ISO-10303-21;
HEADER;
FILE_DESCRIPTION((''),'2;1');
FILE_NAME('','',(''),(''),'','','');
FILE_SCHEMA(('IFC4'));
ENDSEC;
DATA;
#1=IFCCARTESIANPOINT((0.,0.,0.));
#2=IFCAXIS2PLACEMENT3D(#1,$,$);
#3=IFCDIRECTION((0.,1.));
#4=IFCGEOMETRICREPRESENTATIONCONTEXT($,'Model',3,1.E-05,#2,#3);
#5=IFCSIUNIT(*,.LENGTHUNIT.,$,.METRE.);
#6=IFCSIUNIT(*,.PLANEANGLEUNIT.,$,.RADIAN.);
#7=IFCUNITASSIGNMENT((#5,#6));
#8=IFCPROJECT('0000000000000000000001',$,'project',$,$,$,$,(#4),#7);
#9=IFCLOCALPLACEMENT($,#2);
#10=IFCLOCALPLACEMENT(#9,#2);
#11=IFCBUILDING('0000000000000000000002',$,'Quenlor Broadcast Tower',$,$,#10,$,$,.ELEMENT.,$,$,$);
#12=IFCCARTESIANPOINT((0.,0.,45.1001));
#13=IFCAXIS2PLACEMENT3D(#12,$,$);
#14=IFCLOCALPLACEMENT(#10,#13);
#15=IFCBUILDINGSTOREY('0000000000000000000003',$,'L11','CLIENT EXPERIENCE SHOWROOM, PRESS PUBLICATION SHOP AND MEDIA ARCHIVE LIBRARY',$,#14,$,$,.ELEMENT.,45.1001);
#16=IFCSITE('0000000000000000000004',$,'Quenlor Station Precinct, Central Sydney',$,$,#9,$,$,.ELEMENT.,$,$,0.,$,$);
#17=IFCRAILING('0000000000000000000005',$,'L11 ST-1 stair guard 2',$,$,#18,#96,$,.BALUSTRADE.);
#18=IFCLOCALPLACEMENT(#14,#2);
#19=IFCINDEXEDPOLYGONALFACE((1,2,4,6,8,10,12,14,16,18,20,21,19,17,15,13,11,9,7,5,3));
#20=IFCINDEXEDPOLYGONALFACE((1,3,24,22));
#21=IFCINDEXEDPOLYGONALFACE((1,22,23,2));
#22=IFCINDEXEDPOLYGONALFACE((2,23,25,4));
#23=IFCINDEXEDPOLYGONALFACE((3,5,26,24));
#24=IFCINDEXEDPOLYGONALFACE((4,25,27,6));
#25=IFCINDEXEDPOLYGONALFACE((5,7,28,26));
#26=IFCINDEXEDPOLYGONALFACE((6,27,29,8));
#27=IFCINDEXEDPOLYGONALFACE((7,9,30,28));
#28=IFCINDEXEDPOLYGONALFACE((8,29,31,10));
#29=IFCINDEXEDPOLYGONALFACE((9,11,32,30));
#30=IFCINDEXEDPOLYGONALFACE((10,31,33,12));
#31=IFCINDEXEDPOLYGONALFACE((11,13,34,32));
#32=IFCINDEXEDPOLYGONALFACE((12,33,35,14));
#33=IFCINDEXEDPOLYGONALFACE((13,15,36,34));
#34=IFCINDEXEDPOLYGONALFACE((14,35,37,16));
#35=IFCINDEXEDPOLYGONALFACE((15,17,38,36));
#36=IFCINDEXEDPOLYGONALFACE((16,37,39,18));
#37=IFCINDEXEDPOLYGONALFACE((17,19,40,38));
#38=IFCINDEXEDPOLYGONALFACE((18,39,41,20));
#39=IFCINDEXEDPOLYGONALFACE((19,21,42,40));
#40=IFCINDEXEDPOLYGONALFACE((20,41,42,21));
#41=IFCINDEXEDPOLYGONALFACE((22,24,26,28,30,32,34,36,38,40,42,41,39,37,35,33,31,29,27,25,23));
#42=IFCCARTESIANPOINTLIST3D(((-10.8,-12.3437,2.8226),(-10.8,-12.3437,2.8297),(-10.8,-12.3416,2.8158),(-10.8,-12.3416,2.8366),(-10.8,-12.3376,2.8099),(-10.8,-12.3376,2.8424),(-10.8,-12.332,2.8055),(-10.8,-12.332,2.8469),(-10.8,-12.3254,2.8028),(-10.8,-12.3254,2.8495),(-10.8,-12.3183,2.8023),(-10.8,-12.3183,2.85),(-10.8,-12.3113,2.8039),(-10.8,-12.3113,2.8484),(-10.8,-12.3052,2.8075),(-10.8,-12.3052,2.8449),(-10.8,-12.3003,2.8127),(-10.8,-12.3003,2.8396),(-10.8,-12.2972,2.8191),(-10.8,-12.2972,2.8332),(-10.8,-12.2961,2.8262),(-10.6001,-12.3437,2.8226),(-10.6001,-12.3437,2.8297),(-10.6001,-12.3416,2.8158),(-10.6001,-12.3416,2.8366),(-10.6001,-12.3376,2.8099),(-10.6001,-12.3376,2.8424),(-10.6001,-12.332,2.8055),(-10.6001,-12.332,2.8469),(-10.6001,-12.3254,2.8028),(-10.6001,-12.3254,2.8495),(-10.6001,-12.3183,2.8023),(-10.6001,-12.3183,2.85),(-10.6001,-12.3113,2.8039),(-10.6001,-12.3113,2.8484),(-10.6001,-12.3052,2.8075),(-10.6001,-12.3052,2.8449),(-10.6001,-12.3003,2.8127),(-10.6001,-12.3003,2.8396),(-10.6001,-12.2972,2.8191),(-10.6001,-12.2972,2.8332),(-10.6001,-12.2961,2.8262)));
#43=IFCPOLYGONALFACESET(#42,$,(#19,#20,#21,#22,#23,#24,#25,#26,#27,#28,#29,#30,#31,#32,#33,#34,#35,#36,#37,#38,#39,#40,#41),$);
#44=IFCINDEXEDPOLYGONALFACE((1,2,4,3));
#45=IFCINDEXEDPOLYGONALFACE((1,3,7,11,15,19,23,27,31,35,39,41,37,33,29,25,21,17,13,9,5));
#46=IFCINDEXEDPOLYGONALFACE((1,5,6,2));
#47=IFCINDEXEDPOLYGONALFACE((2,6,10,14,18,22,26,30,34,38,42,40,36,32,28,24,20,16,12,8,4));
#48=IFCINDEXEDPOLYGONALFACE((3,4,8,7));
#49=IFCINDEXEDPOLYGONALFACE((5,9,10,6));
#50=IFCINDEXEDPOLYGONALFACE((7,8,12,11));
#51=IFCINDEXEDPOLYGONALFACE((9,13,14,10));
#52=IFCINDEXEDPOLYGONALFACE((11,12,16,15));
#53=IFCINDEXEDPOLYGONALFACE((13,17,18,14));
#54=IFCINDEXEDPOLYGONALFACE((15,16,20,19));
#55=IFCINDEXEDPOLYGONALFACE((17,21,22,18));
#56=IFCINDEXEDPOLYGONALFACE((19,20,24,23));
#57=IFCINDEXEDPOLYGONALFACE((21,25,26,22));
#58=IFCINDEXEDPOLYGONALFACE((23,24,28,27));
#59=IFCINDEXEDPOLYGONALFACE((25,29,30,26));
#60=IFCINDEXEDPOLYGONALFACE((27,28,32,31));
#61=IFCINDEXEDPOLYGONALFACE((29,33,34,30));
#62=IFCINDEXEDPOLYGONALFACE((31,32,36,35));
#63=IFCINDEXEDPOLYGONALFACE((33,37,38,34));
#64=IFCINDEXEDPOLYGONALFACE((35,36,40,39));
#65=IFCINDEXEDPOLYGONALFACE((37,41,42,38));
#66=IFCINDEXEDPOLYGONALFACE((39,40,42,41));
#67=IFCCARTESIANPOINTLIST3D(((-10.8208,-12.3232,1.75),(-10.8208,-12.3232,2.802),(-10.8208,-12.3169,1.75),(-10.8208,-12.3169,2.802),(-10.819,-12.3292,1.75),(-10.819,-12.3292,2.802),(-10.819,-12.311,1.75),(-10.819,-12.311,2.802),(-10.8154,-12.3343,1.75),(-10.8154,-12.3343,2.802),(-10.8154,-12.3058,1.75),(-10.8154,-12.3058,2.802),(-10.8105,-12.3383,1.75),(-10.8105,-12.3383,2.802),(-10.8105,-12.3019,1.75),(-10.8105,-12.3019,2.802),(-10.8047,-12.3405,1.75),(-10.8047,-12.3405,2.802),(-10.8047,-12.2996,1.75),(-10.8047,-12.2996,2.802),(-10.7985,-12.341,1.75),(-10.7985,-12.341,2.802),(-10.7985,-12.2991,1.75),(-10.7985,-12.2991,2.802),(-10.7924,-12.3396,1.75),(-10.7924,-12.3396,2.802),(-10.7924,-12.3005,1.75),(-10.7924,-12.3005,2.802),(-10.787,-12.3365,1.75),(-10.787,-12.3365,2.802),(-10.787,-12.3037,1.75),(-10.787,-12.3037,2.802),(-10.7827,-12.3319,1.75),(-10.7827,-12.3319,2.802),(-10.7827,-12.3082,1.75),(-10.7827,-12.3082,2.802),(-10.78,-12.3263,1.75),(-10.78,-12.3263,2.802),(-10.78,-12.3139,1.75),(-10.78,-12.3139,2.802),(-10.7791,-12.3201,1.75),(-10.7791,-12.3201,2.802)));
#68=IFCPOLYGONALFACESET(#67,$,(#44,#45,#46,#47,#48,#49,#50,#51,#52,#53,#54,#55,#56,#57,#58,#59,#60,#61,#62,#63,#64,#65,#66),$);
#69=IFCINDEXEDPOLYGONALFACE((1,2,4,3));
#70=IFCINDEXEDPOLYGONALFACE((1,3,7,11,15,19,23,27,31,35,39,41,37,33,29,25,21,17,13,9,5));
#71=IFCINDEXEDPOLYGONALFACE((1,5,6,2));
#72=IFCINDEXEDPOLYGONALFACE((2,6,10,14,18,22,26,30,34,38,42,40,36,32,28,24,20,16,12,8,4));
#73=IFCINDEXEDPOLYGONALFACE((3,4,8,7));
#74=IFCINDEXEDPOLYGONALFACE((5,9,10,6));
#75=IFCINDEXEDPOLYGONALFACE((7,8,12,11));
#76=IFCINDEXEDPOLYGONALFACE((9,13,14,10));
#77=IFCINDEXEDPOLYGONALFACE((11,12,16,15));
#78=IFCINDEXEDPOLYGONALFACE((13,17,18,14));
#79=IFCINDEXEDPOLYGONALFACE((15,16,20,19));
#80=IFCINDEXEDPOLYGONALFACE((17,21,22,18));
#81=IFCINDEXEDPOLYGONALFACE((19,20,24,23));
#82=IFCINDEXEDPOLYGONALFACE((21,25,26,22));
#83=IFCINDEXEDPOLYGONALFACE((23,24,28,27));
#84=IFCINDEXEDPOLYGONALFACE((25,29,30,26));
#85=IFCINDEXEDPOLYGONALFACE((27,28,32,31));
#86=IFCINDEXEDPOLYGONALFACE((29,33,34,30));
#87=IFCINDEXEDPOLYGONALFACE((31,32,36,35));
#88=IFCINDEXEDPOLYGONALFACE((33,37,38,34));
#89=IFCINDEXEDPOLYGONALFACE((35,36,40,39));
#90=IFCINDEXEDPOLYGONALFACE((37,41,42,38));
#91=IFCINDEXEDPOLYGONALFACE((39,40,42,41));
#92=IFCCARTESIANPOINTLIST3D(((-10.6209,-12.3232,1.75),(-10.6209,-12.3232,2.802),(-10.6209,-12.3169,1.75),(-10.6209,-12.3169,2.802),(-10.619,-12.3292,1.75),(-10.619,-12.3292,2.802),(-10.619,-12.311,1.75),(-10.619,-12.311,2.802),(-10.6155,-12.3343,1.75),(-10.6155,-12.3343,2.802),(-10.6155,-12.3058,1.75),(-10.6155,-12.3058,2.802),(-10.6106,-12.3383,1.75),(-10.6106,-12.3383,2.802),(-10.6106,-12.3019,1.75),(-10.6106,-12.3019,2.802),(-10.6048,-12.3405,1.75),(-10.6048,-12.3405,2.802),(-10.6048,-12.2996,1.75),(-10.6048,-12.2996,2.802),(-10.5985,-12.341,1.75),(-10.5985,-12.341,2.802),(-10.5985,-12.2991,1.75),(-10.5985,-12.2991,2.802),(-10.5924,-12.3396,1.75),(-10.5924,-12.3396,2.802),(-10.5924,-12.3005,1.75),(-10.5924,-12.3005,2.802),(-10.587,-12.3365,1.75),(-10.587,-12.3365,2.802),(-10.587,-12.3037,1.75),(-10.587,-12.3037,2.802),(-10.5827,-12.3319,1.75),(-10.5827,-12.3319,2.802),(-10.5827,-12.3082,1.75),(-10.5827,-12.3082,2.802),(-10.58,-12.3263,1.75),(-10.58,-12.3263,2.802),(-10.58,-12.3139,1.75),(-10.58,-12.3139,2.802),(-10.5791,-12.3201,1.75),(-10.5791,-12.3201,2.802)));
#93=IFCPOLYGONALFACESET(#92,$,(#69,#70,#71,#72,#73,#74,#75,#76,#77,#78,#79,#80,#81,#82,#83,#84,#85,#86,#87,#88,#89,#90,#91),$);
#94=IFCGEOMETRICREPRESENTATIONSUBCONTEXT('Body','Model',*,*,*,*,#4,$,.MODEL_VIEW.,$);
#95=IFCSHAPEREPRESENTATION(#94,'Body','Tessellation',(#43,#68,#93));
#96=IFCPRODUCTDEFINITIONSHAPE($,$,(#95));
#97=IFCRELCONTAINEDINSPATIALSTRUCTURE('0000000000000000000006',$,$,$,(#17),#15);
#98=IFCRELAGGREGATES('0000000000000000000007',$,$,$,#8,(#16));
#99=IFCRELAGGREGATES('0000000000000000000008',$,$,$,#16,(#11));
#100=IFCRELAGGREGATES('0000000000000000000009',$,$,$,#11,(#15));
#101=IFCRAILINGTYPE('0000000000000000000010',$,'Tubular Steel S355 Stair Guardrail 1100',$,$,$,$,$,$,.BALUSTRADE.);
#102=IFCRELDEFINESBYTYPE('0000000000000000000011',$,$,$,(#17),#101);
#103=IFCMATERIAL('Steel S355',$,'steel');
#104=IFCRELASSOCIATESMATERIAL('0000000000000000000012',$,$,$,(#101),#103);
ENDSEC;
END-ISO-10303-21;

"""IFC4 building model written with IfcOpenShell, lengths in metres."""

from ifc_helpers import new_model, si_unit, direction, frame, origin, origin_2d, place, context, subcontext, project, spatial, circle, extrude, material, type_object, element, save


model = new_model("IFC4")

# Units and contexts
model_context = context("Model", 3, precision=1e-05, world=origin(), true_north=direction((0.0, 1.0)))
body_context = subcontext(model_context, "Body", "Model", "MODEL_VIEW")
ifc_project = project(units=[si_unit("LENGTHUNIT", "METRE"), si_unit("PLANEANGLEUNIT", "RADIAN")], contexts=[model_context])

# Site, building, storey
site_placement = place(None, origin())
site = spatial("IfcSite", under=ifc_project, at=site_placement, Name="Quenlor Station Precinct, Central Sydney", CompositionType="ELEMENT", RefElevation=0.0)
building_placement = place(site_placement, origin())
building = spatial("IfcBuilding", under=site, at=building_placement, Name="Quenlor Broadcast Tower", CompositionType="ELEMENT")
storey_placement = place(building_placement, frame((0.0, 0.0, 45.1001)))
storey = spatial("IfcBuildingStorey", under=building, at=storey_placement, Name="L11", Description="CLIENT EXPERIENCE SHOWROOM, PRESS PUBLICATION SHOP AND MEDIA ARCHIVE LIBRARY", CompositionType="ELEMENT", Elevation=45.1001)

# Railing
ifc_material_1 = material(Name="Steel S355", Category="steel")
railing_type_1 = type_object("IfcRailingType", Name="Tubular Steel S355 Stair Guardrail 1100", PredefinedType="BALUSTRADE", material=ifc_material_1)
railing_1_placement = place(storey_placement, frame((-10.8, -12.3201, 1.75)))
element("IfcRailing", 1, at=railing_1_placement, inside=storey, type_object=railing_type_1, Name="L11 ST-1 stair guard 2", PredefinedType="BALUSTRADE", context=body_context, shape_type="SweptSolid", body=[
    extrude(circle(Radius=0.0239, at=origin_2d()), frame((0.0, 0.0, 1.0762), z_axis=(1.0, 0.0, 0.0), x_axis=(0.0, 1.0, 0.0)), (0.0, 0.0, 1.0), 0.2),
    extrude(circle(Radius=0.021, at=origin_2d()), origin(), (0.0, 0.0, 1.0), 1.052),
    extrude(circle(Radius=0.021, at=origin_2d()), frame((0.2, 0.0, 0.0)), (0.0, 0.0, 1.0), 1.052),
])

save(model, "model.ifc")
